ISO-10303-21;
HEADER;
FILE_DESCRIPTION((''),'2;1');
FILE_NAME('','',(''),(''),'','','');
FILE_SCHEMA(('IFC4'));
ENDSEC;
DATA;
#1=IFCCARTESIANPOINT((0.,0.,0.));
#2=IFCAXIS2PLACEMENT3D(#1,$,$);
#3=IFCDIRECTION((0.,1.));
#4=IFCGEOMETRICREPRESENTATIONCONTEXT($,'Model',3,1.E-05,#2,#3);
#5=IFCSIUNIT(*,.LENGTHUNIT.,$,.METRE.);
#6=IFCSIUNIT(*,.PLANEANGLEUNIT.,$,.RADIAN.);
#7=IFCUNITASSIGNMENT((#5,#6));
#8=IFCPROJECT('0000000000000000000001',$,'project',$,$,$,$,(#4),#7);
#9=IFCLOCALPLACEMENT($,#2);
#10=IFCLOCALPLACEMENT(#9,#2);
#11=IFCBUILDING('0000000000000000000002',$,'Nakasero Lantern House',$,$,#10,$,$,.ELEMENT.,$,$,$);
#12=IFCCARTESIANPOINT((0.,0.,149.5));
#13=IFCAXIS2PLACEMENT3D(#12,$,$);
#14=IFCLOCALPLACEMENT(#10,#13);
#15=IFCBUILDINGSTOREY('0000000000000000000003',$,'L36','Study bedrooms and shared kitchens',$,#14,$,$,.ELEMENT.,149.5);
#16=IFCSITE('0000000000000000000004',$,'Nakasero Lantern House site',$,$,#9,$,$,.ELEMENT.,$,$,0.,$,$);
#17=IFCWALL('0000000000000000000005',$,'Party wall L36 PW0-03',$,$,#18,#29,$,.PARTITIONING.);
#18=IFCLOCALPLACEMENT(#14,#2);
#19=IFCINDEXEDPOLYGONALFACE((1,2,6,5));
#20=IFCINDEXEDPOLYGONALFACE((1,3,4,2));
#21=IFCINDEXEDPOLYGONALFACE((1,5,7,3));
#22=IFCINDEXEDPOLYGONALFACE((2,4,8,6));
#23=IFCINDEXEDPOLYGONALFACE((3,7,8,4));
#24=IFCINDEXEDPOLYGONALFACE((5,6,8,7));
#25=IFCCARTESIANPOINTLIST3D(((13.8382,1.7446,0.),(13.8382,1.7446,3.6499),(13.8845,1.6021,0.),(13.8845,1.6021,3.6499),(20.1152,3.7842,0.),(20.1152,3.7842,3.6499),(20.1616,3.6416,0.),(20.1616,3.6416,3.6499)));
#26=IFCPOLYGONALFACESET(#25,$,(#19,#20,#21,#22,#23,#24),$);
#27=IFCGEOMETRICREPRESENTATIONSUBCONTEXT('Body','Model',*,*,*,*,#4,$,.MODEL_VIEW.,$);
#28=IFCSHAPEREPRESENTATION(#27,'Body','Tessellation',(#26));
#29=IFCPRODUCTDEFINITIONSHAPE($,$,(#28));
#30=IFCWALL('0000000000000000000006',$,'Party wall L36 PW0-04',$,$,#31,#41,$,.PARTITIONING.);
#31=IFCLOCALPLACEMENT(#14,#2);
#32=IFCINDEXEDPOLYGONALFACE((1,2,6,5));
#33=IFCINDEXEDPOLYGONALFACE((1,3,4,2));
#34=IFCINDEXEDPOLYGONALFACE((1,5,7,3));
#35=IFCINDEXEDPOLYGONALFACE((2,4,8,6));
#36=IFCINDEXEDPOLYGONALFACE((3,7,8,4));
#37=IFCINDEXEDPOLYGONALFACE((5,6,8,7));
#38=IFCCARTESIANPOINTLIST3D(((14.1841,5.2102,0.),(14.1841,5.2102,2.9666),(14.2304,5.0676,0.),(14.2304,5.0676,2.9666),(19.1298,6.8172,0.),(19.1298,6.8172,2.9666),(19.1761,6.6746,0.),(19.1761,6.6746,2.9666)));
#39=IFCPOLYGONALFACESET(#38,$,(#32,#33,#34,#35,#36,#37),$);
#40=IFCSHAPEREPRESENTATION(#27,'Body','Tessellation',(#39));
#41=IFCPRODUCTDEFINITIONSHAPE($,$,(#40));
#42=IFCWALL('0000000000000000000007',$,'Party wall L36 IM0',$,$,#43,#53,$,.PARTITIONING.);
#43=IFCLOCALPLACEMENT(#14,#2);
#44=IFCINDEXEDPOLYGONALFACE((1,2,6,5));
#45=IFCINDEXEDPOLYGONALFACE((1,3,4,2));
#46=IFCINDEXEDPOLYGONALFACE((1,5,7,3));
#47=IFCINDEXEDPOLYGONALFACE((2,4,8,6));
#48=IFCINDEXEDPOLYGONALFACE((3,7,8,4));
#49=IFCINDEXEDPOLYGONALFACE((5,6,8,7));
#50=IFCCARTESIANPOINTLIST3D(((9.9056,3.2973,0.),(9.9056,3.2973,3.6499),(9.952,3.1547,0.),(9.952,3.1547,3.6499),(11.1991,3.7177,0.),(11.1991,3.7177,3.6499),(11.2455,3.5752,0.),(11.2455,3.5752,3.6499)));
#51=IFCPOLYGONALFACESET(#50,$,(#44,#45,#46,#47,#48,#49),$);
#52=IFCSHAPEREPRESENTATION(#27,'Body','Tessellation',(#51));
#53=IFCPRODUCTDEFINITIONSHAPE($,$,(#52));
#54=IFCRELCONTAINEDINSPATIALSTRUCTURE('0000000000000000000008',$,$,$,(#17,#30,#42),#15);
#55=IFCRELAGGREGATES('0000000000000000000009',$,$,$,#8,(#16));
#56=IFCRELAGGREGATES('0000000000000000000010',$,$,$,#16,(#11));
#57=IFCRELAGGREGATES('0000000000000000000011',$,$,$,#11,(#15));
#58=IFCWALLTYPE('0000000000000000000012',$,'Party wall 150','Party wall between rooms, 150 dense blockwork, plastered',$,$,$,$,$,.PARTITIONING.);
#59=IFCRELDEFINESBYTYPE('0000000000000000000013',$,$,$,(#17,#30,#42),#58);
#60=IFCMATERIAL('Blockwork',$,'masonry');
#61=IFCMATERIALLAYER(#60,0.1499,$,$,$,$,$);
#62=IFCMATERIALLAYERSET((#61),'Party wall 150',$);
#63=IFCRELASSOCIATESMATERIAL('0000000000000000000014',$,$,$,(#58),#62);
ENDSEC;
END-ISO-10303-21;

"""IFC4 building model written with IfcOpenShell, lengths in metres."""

from ifc_helpers import new_model, si_unit, direction, frame, frame_2d, origin, place, context, subcontext, project, spatial, rectangle, extrude, material, layer, layer_set, type_object, element, save


model = new_model("IFC4")

# Units and contexts
model_context = context("Model", 3, precision=1e-05, world=origin(), true_north=direction((0.0, 1.0)))
body_context = subcontext(model_context, "Body", "Model", "MODEL_VIEW")
ifc_project = project(units=[si_unit("LENGTHUNIT", "METRE"), si_unit("PLANEANGLEUNIT", "RADIAN")], contexts=[model_context])

# Site, building, storey
site_placement = place(None, origin())
site = spatial("IfcSite", under=ifc_project, at=site_placement, Name="Nakasero Lantern House site", CompositionType="ELEMENT", RefElevation=0.0)
building_placement = place(site_placement, origin())
building = spatial("IfcBuilding", under=site, at=building_placement, Name="Nakasero Lantern House", CompositionType="ELEMENT")
storey_placement = place(building_placement, frame((0.0, 0.0, 149.5)))
storey = spatial("IfcBuildingStorey", under=building, at=storey_placement, Name="L36", Description="Study bedrooms and shared kitchens", CompositionType="ELEMENT", Elevation=149.5)

# Walls
ifc_material_1 = material(Name="Blockwork", Category="masonry")
ifc_layer_1 = layer(ifc_material_1, 0.1499)
ifc_layer_set_1 = layer_set([ifc_layer_1], Name="Party wall 150")
wall_type_1 = type_object("IfcWallType", Name="Party wall 150", Description="Party wall between rooms, 150 dense blockwork, plastered", PredefinedType="PARTITIONING", material=ifc_layer_set_1)
wall_1_placement = place(storey_placement, frame((13.8613, 1.6733, 0.0), z_axis=(0.0, 0.0, 1.0), x_axis=(0.951057, 0.309017, 0.0)))
element("IfcWall", 1, at=wall_1_placement, inside=storey, type_object=wall_type_1, Name="Party wall L36 PW0-03", PredefinedType="PARTITIONING", context=body_context, shape_type="SweptSolid", body=[
    extrude(rectangle(XDim=6.6001, YDim=0.1499, at=frame_2d((3.3, 0.0))), origin(), (0.0, 0.0, 1.0), 3.6499),
])
wall_2_placement = place(storey_placement, frame((14.2073, 5.1389, 0.0), z_axis=(0.0, 0.0, 1.0), x_axis=(0.951055, 0.309021, 0.0)))
element("IfcWall", 2, at=wall_2_placement, inside=storey, type_object=wall_type_1, Name="Party wall L36 PW0-04", PredefinedType="PARTITIONING", context=body_context, shape_type="SweptSolid", body=[
    extrude(rectangle(XDim=5.2002, YDim=0.1499, at=frame_2d((2.6001, 0.0))), origin(), (0.0, 0.0, 1.0), 2.9666),
])
wall_3_placement = place(storey_placement, frame((11.2224, 3.6465, 0.0), z_axis=(0.0, 0.0, 1.0), x_axis=(-0.951026, -0.30911, 0.0)))
element("IfcWall", 3, at=wall_3_placement, inside=storey, type_object=wall_type_1, Name="Party wall L36 IM0", PredefinedType="PARTITIONING", context=body_context, shape_type="SweptSolid", body=[
    extrude(rectangle(XDim=1.3601, YDim=0.1499, at=frame_2d((0.6802, 0.0))), origin(), (0.0, 0.0, 1.0), 3.6499),
])

save(model, "model.ifc")
